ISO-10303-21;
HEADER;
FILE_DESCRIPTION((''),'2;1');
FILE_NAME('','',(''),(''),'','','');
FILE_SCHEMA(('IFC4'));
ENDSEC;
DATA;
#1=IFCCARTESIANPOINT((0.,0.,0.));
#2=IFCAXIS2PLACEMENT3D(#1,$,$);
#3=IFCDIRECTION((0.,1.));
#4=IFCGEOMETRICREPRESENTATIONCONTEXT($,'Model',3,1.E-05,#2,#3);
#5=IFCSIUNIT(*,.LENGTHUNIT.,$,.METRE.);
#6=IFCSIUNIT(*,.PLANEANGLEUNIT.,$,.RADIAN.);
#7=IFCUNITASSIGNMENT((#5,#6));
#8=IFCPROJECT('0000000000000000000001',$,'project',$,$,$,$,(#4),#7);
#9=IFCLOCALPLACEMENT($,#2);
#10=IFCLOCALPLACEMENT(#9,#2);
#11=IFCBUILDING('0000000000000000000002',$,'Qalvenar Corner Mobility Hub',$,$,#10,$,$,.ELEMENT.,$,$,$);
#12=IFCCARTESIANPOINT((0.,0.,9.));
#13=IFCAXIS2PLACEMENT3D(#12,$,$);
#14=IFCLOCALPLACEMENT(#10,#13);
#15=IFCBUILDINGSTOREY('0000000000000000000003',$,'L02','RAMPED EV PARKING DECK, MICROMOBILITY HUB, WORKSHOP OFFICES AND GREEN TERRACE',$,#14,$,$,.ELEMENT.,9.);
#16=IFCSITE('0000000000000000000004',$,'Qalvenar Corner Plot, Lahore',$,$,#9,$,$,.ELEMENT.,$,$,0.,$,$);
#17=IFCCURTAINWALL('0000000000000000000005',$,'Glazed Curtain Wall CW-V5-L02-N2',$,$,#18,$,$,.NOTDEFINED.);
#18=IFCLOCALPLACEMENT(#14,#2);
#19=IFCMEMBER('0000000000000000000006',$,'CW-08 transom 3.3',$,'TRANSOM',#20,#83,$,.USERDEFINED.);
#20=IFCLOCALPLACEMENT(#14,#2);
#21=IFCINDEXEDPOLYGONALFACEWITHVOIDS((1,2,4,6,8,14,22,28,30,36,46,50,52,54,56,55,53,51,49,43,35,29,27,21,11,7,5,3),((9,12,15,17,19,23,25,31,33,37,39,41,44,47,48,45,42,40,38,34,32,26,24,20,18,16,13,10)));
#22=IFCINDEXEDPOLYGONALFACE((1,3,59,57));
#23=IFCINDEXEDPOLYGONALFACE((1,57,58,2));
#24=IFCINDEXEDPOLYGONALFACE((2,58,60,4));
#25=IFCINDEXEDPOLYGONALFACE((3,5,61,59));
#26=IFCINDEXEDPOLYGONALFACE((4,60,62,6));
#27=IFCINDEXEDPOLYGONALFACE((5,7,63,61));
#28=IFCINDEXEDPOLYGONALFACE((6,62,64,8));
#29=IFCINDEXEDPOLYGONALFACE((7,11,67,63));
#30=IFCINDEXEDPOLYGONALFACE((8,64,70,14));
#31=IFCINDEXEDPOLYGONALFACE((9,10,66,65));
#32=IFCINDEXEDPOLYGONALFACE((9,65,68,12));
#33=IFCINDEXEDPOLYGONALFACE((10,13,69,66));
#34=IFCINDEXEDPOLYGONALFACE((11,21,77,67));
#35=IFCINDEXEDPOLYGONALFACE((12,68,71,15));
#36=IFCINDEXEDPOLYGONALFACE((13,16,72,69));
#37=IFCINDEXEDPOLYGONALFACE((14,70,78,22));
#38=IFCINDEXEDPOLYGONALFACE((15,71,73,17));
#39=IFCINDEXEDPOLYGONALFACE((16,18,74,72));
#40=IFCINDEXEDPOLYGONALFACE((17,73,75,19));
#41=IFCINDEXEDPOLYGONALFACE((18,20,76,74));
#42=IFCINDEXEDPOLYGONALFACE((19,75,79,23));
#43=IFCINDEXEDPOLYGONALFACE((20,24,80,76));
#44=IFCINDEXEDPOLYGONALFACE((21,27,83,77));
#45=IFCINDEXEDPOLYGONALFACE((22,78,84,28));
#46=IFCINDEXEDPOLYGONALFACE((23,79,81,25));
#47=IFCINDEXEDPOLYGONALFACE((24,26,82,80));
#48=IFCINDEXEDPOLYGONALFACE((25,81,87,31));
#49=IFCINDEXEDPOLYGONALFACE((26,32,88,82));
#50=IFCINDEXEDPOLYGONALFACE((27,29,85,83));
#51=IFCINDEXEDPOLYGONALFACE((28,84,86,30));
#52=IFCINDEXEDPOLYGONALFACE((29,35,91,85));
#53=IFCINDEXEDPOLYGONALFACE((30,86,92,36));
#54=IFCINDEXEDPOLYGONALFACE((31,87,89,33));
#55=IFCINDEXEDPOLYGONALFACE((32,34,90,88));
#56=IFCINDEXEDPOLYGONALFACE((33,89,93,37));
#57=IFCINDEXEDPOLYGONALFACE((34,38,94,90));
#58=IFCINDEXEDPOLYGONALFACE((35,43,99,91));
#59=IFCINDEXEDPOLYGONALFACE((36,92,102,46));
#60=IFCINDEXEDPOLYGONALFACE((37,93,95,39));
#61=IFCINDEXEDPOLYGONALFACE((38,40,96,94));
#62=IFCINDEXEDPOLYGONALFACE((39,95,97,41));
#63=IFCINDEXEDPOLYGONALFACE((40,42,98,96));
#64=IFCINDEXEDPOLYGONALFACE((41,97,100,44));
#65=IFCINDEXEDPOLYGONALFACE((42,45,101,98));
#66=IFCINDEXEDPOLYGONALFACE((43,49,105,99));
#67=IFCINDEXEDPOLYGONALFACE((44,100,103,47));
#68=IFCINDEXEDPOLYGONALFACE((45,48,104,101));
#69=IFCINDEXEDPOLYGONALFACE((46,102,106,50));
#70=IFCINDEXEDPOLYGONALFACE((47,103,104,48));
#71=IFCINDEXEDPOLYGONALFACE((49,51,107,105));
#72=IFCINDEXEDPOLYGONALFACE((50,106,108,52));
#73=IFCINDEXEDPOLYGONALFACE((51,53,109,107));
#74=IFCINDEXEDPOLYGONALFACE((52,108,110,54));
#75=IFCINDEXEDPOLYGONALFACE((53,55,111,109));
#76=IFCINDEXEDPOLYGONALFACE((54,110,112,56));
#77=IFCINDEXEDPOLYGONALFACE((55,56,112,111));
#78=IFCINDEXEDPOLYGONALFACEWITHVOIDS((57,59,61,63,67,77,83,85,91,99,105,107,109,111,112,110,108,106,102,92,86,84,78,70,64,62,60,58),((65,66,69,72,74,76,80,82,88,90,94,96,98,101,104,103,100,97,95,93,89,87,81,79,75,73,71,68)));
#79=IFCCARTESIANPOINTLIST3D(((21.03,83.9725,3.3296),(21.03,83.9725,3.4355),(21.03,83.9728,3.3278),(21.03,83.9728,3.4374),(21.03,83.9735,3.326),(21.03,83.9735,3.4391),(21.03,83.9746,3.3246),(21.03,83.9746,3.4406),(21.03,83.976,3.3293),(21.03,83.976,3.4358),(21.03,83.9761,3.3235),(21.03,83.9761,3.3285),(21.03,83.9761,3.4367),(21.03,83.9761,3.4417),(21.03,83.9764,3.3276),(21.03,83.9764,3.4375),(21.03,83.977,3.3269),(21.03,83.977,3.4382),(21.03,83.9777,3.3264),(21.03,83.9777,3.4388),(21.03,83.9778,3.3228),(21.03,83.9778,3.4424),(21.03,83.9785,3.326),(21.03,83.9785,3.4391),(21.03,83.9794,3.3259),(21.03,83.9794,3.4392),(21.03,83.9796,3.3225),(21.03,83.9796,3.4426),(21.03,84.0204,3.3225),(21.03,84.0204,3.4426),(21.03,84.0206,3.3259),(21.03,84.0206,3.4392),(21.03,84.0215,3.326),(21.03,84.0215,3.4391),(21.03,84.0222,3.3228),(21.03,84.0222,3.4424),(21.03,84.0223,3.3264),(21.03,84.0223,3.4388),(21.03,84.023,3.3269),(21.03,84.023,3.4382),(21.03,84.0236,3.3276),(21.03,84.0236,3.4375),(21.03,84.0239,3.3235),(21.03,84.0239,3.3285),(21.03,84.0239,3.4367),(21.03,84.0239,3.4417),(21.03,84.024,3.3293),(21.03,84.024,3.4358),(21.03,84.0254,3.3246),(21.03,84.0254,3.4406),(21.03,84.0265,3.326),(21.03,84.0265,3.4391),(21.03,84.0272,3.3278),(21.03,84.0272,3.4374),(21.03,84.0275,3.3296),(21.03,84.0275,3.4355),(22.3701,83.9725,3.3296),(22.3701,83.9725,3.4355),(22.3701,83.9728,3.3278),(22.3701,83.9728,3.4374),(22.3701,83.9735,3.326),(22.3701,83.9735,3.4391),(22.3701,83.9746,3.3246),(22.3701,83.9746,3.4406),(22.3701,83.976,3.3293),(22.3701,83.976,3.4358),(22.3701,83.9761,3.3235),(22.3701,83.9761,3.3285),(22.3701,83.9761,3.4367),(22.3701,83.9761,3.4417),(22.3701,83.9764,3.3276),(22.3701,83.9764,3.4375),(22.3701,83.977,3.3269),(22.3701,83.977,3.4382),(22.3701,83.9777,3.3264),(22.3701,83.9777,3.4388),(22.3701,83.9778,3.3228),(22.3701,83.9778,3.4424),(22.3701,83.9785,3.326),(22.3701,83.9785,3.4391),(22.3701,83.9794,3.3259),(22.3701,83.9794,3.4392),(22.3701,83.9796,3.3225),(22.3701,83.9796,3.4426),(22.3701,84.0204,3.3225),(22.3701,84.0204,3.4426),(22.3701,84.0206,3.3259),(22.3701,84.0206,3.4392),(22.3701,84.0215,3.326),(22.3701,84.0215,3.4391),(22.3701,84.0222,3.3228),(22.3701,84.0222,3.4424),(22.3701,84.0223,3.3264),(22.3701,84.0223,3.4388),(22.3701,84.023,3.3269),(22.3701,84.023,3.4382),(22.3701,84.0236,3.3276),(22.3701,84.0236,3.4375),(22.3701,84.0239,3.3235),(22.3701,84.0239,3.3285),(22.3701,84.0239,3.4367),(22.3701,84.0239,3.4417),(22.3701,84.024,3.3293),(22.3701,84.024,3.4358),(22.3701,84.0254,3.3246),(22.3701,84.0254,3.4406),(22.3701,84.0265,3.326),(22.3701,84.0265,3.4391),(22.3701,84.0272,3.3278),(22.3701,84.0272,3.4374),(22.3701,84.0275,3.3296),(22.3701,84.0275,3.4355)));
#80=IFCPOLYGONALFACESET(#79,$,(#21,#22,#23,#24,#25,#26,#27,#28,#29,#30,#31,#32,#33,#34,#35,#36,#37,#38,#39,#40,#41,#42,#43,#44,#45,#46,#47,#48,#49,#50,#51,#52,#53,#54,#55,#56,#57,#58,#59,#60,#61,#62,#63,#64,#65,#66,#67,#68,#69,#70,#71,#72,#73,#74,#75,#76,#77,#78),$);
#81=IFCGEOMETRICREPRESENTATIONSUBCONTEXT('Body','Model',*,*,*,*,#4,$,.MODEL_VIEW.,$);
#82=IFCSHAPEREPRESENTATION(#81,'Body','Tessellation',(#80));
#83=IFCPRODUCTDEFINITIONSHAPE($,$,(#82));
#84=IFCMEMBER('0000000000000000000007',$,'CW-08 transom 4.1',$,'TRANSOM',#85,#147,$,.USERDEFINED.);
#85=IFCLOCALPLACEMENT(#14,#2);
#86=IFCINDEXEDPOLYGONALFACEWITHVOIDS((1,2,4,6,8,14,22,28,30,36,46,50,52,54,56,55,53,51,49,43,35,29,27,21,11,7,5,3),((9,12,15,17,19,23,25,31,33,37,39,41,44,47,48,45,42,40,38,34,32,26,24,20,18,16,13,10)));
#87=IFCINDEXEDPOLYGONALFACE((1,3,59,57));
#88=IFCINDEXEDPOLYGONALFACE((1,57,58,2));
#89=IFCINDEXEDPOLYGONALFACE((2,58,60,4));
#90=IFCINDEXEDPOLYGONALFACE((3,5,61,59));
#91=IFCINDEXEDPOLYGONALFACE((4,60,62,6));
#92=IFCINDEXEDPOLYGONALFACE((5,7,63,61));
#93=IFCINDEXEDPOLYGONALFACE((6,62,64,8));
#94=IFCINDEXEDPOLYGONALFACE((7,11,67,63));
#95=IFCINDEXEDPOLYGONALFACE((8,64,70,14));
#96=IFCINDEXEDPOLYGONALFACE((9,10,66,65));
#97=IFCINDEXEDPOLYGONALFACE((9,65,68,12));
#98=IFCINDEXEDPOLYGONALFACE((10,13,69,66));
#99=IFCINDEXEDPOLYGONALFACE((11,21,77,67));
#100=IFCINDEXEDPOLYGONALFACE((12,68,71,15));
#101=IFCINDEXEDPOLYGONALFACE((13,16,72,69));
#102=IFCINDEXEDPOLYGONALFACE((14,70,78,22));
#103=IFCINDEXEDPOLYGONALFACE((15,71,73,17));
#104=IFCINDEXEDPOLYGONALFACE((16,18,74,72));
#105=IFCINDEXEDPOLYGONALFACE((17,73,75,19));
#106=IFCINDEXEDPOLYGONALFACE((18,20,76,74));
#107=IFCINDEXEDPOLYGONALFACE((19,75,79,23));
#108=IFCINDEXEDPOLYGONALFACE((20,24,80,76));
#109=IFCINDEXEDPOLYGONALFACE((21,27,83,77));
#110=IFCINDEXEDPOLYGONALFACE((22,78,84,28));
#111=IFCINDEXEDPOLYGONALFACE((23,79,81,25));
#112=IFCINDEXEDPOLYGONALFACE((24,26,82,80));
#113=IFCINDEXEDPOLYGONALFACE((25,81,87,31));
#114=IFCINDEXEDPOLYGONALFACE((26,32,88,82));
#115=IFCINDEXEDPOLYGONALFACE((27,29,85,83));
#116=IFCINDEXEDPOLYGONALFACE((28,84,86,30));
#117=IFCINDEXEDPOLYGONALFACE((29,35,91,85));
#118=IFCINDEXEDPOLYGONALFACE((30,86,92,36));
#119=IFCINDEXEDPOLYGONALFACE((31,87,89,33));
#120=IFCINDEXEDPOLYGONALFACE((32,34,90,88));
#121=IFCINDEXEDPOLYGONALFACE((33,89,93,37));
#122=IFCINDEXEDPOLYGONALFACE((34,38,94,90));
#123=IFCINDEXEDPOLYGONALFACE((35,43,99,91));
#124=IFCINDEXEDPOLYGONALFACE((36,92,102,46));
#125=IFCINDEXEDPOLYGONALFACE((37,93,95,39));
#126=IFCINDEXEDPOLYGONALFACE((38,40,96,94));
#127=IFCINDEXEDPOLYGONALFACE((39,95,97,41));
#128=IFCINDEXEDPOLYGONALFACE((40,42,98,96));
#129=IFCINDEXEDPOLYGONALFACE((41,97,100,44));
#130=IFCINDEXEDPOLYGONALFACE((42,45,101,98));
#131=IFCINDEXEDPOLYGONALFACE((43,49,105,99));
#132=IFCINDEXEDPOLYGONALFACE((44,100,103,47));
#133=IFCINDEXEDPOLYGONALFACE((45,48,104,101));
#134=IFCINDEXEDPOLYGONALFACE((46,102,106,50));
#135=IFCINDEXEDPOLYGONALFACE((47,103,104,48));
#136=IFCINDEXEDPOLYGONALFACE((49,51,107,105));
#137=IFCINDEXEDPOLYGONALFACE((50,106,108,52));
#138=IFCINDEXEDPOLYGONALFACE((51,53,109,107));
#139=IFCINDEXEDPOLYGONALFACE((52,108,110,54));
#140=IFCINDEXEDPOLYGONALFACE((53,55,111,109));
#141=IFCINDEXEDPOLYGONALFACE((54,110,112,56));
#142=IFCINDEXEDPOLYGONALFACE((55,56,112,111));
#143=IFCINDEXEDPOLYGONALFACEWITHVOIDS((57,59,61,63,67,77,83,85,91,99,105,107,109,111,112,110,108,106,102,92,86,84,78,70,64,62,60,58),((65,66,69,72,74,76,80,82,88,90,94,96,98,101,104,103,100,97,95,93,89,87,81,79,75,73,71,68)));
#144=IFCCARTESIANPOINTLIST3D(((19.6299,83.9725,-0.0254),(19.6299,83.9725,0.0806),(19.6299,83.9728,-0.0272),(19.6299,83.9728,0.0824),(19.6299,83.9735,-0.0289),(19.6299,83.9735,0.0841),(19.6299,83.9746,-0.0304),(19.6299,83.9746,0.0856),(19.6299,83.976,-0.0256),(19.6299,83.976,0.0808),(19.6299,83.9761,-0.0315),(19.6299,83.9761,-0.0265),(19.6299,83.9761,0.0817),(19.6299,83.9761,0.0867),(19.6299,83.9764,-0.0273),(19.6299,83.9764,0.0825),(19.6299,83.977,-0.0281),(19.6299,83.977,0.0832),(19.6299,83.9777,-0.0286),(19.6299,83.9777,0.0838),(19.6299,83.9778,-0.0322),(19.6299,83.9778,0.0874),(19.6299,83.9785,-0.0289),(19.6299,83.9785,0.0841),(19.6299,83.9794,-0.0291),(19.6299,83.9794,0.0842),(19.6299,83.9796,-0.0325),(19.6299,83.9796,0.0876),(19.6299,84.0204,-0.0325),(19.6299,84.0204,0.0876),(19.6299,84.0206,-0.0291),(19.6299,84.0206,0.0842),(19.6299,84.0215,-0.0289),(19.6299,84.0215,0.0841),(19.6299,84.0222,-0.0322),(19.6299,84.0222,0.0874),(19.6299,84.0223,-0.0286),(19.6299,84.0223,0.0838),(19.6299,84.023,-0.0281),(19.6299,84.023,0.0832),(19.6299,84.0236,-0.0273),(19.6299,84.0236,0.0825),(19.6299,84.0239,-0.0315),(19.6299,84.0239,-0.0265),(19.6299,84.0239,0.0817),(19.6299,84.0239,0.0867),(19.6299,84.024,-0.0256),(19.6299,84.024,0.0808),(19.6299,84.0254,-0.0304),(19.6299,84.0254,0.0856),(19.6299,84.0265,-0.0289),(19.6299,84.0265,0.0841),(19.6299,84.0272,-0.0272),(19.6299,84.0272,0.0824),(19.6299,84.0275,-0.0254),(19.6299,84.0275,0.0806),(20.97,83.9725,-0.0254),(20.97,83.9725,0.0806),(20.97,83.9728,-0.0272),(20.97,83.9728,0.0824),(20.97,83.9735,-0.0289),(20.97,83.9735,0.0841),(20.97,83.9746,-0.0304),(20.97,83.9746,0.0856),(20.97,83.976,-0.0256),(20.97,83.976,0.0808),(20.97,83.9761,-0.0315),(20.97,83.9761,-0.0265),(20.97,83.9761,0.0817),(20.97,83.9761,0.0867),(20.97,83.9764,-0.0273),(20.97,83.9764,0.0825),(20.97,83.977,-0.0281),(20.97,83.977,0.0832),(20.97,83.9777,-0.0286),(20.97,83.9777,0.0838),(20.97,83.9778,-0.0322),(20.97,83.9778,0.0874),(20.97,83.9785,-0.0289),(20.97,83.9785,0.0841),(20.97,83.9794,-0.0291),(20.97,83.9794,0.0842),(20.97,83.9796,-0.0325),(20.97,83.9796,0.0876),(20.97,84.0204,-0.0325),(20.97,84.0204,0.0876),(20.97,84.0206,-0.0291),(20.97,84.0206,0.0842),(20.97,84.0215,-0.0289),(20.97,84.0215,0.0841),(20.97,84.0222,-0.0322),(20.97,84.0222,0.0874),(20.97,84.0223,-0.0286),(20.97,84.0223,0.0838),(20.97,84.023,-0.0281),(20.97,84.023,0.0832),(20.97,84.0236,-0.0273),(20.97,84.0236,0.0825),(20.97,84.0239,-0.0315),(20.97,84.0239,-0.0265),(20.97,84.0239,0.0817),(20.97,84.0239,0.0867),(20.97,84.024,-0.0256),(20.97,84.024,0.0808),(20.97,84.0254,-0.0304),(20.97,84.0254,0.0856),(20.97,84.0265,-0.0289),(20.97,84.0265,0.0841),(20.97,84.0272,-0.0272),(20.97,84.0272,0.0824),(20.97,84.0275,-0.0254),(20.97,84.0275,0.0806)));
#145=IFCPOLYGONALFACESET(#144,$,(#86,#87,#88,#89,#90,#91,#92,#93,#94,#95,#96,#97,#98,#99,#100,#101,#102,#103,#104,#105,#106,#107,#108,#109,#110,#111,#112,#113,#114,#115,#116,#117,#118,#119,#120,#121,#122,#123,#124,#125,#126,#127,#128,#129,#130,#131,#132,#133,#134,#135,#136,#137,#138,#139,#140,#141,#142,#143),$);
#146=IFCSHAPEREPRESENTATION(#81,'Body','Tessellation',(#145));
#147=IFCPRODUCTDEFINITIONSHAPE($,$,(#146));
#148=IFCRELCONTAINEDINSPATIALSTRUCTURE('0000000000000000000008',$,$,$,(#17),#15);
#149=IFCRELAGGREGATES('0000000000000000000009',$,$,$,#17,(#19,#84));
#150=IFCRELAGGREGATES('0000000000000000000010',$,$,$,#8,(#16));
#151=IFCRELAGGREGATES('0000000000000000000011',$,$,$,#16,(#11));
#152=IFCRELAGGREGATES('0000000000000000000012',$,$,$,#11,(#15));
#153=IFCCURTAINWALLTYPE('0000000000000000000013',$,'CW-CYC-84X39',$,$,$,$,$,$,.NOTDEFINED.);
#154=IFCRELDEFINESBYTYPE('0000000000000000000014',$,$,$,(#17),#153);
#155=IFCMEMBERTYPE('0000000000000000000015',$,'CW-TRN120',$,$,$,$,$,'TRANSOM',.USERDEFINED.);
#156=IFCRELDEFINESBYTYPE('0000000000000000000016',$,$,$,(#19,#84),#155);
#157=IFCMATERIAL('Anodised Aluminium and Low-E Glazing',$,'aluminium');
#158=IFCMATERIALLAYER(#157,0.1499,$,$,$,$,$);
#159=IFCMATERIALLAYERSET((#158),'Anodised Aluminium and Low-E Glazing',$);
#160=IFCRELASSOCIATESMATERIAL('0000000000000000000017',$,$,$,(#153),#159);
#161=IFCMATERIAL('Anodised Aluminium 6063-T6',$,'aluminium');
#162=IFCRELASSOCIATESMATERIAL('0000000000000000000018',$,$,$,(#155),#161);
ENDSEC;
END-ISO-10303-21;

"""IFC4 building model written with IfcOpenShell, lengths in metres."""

from ifc_helpers import new_model, si_unit, direction, frame, origin, origin_2d, place, context, subcontext, project, spatial, hollow_rectangle, extrude, material, layer, layer_set, material_profile, profile_set, type_object, element, aggregate, save


model = new_model("IFC4")

# Units and contexts
model_context = context("Model", 3, precision=1e-05, world=origin(), true_north=direction((0.0, 1.0)))
body_context = subcontext(model_context, "Body", "Model", "MODEL_VIEW")
ifc_project = project(units=[si_unit("LENGTHUNIT", "METRE"), si_unit("PLANEANGLEUNIT", "RADIAN")], contexts=[model_context])

# Site, building, storey
site_placement = place(None, origin())
site = spatial("IfcSite", under=ifc_project, at=site_placement, Name="Qalvenar Corner Plot, Lahore", CompositionType="ELEMENT", RefElevation=0.0)
building_placement = place(site_placement, origin())
building = spatial("IfcBuilding", under=site, at=building_placement, Name="Qalvenar Corner Mobility Hub", CompositionType="ELEMENT")
storey_placement = place(building_placement, frame((0.0, 0.0, 9.0)))
storey = spatial("IfcBuildingStorey", under=building, at=storey_placement, Name="L02", Description="RAMPED EV PARKING DECK, MICROMOBILITY HUB, WORKSHOP OFFICES AND GREEN TERRACE", CompositionType="ELEMENT", Elevation=9.0)

# Shared definitions
ifc_material_1 = material(Name="Anodised Aluminium and Low-E Glazing", Category="aluminium")
ifc_layer_1 = layer(ifc_material_1, 0.1499)
ifc_layer_set_1 = layer_set([ifc_layer_1], Name="Anodised Aluminium and Low-E Glazing")
curtain_wall_type = type_object("IfcCurtainWallType", Name="CW-CYC-84X39", PredefinedType="NOTDEFINED", material=ifc_layer_set_1)
ifc_material_2 = material(Name="Anodised Aluminium 6063-T6", Category="aluminium")

# Curtain wall
curtain_wall_1_placement = place(storey_placement, origin())
curtain_wall_1 = element("IfcCurtainWall", 1, at=curtain_wall_1_placement, inside=storey, type_object=curtain_wall_type, Name="Glazed Curtain Wall CW-V5-L02-N2", PredefinedType="NOTDEFINED")

# Members
ifc_material_profile_1 = material_profile(ifc_material_2, hollow_rectangle(XDim=0.0549, YDim=0.1201, WallThickness=0.0034, InnerFilletRadius=0.0034, OuterFilletRadius=0.0071, at=origin_2d()), Name="RHS120x55x3.5")
ifc_profile_set_1 = profile_set([ifc_material_profile_1], Name="Anodised Aluminium 6063-T6")
member_type_1 = type_object("IfcMemberType", Name="CW-TRN120", ElementType="TRANSOM", PredefinedType="USERDEFINED", material=ifc_profile_set_1)
member_1_placement = place(storey_placement, frame((22.3701, 84.0, 3.3826), z_axis=(-1.0, 0.0, 0.0), x_axis=(0.0, -1.0, 0.0)))
member_1 = element("IfcMember", 2, at=member_1_placement, type_object=member_type_1, Name="CW-08 transom 3.3", ObjectType="TRANSOM", PredefinedType="USERDEFINED", context=body_context, shape_type="SweptSolid", body=[
    extrude(hollow_rectangle(XDim=0.0549, YDim=0.1201, WallThickness=0.0034, InnerFilletRadius=0.0034, OuterFilletRadius=0.0071, at=origin_2d()), origin(), (0.0, 0.0, 1.0), 1.3401),
])
member_2_placement = place(storey_placement, frame((20.97, 84.0, 0.0276), z_axis=(-1.0, 0.0, 0.0), x_axis=(0.0, -1.0, 0.0)))
member_2 = element("IfcMember", 3, at=member_2_placement, type_object=member_type_1, Name="CW-08 transom 4.1", ObjectType="TRANSOM", PredefinedType="USERDEFINED", context=body_context, shape_type="SweptSolid", body=[
    extrude(hollow_rectangle(XDim=0.0549, YDim=0.1201, WallThickness=0.0034, InnerFilletRadius=0.0034, OuterFilletRadius=0.0071, at=origin_2d()), origin(), (0.0, 0.0, 1.0), 1.3401),
])

aggregate(curtain_wall_1, [member_1, member_2])

save(model, "model.ifc")
